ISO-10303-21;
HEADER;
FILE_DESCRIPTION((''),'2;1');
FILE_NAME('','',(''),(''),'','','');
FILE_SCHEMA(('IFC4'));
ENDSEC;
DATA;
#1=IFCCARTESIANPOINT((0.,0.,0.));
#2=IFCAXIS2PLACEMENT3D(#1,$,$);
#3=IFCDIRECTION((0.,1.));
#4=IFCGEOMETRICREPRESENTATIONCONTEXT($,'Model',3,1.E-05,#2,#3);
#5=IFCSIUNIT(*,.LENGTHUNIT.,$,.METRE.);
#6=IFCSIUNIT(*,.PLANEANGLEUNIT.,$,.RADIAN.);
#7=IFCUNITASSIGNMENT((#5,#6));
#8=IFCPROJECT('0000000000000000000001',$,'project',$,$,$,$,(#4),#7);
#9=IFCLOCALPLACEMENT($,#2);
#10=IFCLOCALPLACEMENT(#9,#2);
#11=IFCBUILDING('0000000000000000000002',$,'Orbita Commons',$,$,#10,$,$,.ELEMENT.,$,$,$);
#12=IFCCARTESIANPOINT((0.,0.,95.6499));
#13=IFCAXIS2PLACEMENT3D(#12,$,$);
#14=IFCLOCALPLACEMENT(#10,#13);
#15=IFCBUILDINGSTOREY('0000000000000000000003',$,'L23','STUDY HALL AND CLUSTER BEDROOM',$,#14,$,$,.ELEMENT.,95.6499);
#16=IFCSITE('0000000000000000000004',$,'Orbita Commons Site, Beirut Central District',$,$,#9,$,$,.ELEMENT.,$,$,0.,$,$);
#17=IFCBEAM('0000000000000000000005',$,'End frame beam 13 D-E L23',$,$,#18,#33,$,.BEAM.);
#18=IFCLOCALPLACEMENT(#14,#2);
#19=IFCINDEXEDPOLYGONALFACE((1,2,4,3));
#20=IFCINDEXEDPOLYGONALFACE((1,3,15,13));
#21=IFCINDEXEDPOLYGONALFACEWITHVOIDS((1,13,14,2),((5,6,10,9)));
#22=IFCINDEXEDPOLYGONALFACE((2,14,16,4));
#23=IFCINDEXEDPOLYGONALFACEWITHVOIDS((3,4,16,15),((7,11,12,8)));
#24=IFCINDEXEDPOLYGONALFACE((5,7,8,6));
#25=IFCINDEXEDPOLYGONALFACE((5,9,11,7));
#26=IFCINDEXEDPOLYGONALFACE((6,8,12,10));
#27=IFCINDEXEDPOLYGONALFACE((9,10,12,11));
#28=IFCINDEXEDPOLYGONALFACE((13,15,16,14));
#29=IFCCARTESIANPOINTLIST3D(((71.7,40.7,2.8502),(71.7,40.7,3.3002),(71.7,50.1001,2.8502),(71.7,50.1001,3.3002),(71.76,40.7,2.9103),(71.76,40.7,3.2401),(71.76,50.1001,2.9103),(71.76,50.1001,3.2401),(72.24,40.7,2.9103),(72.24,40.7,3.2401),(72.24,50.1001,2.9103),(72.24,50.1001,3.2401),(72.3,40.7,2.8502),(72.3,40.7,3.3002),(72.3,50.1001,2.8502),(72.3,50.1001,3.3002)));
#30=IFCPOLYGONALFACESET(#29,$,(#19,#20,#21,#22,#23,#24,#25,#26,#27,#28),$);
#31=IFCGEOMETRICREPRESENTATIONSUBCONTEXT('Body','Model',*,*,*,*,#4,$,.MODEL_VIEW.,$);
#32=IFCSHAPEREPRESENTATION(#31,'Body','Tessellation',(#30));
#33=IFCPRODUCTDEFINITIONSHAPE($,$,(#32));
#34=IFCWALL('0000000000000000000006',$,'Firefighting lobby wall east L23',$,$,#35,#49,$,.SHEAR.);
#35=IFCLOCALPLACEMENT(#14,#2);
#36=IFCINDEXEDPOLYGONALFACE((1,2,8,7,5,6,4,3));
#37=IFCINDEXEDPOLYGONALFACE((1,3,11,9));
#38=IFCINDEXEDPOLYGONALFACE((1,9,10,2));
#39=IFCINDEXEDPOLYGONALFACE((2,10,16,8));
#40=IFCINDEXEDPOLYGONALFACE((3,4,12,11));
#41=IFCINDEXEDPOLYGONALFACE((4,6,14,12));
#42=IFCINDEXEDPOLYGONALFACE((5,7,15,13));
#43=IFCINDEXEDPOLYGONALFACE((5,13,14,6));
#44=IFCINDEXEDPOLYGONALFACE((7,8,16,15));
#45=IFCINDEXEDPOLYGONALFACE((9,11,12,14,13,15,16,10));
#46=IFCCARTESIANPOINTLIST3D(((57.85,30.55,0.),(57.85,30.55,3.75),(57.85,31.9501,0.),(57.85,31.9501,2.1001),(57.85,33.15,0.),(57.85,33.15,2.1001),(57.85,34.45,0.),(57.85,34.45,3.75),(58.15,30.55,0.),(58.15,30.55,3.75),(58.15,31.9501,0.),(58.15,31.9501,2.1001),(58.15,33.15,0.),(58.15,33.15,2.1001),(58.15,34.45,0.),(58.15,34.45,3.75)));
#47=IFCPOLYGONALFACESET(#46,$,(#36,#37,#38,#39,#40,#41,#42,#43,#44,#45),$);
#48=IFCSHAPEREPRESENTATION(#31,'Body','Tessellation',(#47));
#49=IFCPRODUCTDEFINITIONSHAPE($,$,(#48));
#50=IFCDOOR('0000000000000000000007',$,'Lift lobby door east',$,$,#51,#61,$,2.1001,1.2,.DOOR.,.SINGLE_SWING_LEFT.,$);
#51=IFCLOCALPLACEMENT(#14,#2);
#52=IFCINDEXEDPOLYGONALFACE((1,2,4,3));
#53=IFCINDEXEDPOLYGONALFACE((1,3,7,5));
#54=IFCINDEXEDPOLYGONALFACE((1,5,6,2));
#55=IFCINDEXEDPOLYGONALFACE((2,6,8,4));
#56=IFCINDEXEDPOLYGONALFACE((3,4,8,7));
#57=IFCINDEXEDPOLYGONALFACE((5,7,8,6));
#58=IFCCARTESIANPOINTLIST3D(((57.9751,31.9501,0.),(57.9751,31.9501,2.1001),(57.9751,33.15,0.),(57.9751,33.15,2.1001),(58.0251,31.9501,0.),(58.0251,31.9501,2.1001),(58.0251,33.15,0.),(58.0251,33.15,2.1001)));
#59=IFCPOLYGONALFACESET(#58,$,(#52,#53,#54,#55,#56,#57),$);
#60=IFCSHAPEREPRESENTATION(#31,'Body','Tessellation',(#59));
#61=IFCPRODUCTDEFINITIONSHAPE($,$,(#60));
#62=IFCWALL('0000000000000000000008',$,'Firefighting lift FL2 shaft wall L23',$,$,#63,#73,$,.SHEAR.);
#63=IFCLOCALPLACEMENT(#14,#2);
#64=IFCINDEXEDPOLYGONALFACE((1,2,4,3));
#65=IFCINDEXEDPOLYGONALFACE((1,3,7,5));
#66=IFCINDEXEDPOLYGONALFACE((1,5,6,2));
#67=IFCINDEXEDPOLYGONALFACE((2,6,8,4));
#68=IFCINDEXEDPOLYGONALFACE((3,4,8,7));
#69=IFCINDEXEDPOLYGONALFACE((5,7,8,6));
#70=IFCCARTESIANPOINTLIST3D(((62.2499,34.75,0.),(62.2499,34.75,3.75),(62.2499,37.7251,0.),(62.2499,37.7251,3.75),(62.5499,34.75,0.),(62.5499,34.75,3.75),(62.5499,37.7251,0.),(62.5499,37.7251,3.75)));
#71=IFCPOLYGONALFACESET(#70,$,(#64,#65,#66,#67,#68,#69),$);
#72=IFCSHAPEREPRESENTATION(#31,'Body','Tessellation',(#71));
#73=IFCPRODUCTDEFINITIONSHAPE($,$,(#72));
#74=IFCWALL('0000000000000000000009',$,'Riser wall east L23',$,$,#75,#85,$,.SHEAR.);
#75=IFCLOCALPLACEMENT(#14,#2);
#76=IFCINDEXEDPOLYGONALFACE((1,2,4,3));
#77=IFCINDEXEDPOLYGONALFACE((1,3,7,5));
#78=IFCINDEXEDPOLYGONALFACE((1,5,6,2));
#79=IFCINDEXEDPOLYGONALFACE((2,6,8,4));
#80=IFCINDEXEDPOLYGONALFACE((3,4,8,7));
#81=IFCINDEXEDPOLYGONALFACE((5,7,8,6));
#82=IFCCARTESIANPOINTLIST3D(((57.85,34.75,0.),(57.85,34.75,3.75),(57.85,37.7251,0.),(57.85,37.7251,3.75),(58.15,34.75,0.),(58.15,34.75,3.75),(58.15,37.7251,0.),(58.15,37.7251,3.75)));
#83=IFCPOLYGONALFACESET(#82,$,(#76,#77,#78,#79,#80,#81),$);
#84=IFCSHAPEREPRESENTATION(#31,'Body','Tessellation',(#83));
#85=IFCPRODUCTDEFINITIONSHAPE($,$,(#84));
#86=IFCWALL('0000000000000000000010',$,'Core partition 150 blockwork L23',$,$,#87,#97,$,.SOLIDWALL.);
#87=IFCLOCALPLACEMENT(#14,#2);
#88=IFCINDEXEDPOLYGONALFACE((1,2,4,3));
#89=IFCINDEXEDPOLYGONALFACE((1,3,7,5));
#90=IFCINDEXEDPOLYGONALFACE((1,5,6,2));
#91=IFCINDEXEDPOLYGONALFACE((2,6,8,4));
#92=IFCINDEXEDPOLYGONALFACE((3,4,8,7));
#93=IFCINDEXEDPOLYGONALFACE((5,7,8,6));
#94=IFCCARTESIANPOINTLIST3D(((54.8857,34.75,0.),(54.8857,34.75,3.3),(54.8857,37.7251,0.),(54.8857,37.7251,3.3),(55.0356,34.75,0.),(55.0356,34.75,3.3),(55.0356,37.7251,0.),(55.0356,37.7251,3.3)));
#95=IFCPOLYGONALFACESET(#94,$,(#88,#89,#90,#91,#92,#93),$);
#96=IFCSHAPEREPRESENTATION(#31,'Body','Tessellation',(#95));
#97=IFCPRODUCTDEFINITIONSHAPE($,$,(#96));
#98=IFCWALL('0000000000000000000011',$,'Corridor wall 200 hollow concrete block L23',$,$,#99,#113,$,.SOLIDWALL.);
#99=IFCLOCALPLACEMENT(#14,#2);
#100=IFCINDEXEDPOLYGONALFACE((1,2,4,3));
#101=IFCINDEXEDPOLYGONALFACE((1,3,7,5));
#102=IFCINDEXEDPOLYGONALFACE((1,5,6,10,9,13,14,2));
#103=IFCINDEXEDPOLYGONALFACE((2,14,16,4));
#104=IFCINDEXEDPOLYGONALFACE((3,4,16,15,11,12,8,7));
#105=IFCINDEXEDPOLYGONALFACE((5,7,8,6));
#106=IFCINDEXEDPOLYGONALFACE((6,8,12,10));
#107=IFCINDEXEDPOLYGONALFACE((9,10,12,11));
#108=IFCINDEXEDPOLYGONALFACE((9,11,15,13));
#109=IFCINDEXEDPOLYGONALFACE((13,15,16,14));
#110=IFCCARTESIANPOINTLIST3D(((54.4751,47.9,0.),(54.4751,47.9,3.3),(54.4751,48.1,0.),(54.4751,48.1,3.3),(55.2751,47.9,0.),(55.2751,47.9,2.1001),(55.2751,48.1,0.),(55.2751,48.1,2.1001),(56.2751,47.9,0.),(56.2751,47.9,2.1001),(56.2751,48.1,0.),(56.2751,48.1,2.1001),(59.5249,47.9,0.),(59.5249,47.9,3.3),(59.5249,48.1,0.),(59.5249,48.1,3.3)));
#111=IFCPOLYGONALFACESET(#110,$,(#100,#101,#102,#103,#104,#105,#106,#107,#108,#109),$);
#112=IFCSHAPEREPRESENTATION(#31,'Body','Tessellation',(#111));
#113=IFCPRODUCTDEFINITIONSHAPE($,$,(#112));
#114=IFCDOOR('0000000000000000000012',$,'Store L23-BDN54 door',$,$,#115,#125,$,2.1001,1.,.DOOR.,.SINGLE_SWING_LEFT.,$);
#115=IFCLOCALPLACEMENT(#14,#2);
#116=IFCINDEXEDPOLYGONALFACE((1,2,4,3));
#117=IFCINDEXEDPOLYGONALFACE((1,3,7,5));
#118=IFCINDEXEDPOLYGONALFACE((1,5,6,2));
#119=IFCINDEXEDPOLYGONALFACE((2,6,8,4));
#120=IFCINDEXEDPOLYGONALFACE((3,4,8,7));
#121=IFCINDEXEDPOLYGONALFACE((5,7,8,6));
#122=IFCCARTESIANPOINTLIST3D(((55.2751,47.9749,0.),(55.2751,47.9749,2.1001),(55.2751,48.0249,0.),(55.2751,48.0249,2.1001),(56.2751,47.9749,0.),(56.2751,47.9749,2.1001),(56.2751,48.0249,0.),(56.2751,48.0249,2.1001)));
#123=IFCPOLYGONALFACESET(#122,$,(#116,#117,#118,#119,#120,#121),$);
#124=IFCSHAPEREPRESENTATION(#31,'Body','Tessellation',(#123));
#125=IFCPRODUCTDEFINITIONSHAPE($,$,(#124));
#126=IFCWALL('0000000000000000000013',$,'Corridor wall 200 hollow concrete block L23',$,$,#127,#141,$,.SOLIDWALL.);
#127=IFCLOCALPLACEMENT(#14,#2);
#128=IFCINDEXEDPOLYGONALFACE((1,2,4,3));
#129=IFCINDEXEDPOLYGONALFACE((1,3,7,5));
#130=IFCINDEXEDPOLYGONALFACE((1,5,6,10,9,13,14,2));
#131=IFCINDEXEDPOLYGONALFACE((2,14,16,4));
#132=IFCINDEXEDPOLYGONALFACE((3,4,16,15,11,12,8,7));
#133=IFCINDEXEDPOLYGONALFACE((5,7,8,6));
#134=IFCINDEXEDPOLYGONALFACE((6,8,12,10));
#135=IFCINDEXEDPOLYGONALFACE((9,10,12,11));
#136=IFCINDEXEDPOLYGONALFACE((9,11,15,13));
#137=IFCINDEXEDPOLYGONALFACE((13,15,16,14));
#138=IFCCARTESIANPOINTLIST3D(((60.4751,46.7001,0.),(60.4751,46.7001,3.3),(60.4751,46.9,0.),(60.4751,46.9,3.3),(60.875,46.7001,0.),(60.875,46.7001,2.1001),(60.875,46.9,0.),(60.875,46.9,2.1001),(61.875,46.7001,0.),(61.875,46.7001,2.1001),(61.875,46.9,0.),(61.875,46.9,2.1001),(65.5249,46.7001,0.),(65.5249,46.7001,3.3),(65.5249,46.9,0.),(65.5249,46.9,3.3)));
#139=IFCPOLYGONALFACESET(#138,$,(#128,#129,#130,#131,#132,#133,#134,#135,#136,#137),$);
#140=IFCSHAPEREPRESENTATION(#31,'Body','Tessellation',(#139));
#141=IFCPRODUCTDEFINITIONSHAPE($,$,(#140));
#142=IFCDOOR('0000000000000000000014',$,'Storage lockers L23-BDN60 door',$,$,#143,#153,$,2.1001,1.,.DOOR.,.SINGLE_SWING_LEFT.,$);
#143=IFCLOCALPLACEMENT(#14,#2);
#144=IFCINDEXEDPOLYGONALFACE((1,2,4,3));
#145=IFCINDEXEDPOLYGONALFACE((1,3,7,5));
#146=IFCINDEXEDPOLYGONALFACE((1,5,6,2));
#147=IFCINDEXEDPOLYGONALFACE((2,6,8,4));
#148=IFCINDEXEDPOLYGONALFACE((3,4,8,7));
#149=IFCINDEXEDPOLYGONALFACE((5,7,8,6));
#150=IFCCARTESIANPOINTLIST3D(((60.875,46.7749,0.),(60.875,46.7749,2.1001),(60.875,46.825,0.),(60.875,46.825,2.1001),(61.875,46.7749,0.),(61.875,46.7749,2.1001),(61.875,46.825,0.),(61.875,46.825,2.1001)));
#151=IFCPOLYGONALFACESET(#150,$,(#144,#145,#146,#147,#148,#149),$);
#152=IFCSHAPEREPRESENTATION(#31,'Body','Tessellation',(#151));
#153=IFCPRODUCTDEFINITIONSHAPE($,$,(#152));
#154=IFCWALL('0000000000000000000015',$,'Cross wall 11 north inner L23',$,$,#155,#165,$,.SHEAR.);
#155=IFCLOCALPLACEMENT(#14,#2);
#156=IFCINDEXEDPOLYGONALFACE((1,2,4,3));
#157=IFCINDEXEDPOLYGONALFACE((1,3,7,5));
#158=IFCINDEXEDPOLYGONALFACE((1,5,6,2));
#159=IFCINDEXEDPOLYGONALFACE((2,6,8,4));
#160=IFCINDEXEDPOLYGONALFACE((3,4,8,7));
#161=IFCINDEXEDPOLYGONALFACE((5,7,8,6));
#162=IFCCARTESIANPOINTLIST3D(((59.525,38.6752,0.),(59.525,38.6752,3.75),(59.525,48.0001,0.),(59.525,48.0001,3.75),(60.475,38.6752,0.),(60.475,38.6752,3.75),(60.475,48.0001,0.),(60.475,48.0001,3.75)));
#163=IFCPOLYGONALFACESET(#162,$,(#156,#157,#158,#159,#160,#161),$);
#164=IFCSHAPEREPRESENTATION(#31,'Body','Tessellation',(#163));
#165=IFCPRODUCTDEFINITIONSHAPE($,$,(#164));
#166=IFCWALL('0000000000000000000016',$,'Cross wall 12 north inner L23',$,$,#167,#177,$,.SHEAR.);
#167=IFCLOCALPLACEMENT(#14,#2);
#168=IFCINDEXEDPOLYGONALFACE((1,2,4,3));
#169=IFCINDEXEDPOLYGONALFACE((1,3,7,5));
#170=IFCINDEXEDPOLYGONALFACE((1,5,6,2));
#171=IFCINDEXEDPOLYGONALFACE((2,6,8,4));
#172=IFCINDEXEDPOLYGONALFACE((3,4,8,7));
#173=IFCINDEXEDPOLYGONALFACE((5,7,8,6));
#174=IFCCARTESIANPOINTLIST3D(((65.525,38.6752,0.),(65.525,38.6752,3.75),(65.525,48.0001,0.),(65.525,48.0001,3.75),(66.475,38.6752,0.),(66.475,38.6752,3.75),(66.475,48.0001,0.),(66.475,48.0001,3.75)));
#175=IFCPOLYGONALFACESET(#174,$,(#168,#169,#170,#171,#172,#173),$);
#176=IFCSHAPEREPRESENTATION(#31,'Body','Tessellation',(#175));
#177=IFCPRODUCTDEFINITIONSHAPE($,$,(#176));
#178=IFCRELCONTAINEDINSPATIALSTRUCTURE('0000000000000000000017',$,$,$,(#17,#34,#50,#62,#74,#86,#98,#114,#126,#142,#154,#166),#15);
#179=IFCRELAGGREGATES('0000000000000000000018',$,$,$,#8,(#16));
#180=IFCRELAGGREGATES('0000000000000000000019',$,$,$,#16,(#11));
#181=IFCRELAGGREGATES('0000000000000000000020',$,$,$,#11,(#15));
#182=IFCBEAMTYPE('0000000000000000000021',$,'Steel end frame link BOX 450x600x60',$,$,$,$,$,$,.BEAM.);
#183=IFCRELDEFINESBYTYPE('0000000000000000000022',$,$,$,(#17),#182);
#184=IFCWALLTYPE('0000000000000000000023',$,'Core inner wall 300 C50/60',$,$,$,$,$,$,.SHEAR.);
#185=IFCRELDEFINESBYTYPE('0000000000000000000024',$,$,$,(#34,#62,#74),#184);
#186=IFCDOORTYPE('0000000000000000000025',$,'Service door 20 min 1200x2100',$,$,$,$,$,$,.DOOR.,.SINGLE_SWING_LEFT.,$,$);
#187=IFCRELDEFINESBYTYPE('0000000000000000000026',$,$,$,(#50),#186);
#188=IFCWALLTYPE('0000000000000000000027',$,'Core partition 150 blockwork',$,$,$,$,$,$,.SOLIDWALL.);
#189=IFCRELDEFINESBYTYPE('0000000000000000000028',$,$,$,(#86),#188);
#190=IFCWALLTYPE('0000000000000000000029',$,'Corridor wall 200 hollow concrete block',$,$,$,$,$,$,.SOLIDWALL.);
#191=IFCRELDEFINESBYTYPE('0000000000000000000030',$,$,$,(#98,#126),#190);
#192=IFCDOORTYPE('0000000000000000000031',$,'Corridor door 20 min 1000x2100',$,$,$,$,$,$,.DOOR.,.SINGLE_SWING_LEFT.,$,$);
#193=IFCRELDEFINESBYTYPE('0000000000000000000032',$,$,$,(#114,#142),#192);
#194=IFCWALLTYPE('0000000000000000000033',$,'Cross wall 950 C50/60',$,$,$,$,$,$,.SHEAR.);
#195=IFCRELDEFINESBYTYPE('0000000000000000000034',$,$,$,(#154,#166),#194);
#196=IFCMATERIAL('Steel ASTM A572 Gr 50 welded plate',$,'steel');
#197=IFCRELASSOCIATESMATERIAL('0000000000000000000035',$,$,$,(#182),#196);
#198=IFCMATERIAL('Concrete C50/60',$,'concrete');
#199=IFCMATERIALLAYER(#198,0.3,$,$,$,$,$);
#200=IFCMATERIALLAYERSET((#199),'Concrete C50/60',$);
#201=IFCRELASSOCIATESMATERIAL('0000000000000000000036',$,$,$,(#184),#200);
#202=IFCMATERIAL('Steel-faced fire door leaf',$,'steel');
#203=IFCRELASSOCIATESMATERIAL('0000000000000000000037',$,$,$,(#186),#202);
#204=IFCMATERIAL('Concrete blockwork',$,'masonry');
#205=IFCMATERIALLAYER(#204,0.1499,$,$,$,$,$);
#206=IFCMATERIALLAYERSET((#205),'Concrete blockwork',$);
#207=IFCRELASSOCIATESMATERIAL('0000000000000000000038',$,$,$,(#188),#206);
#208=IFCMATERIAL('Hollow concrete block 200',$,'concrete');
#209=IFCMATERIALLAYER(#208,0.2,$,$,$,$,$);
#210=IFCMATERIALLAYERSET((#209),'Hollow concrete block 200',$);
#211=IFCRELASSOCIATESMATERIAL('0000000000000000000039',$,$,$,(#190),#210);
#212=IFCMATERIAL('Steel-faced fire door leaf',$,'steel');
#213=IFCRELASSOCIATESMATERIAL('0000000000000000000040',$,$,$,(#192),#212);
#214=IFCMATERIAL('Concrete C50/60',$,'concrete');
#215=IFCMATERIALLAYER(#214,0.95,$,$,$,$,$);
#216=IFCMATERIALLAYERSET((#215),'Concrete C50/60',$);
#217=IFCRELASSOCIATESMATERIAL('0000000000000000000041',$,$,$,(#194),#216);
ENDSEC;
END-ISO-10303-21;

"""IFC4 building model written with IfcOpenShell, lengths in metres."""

from ifc_helpers import new_model, si_unit, direction, frame, frame_2d, origin, origin_2d, place, context, subcontext, project, spatial, rectangle, hollow_rectangle, extrude, material, layer, layer_set, material_profile, profile_set, type_object, element, fill, save


model = new_model("IFC4")

# Units and contexts
model_context = context("Model", 3, precision=1e-05, world=origin(), true_north=direction((0.0, 1.0)))
body_context = subcontext(model_context, "Body", "Model", "MODEL_VIEW")
ifc_project = project(units=[si_unit("LENGTHUNIT", "METRE"), si_unit("PLANEANGLEUNIT", "RADIAN")], contexts=[model_context])

# Site, building, storey
site_placement = place(None, origin())
site = spatial("IfcSite", under=ifc_project, at=site_placement, Name="Orbita Commons Site, Beirut Central District", CompositionType="ELEMENT", RefElevation=0.0)
building_placement = place(site_placement, origin())
building = spatial("IfcBuilding", under=site, at=building_placement, Name="Orbita Commons", CompositionType="ELEMENT")
storey_placement = place(building_placement, frame((0.0, 0.0, 95.6499)))
storey = spatial("IfcBuildingStorey", under=building, at=storey_placement, Name="L23", Description="STUDY HALL AND CLUSTER BEDROOM", CompositionType="ELEMENT", Elevation=95.6499)

# Beam
ifc_material_1 = material(Name="Steel ASTM A572 Gr 50 welded plate", Category="steel")
ifc_material_profile = material_profile(ifc_material_1, hollow_rectangle(XDim=0.6001, YDim=0.45, WallThickness=0.0601, at=origin_2d()), Name="BOX 450x600x60")
ifc_profile_set = profile_set([ifc_material_profile], Name="Steel ASTM A572 Gr 50 welded plate")
beam_type = type_object("IfcBeamType", Name="Steel end frame link BOX 450x600x60", PredefinedType="BEAM", material=ifc_profile_set)
beam_placement = place(storey_placement, frame((72.0, 40.7, 3.0752), z_axis=(0.0, 1.0, 0.0), x_axis=(-1.0, 0.0, 0.0)))
element("IfcBeam", 1, at=beam_placement, inside=storey, type_object=beam_type, Name="End frame beam 13 D-E L23", PredefinedType="BEAM", context=body_context, shape_type="SweptSolid", body=[
    extrude(hollow_rectangle(XDim=0.6001, YDim=0.45, WallThickness=0.0601, at=origin_2d()), origin(), (0.0, 0.0, 1.0), 9.4001),
])

# Wall, opening, door
ifc_material_2 = material(Name="Concrete C50/60", Category="concrete")
ifc_layer_1 = layer(ifc_material_2, 0.3)
ifc_layer_set_1 = layer_set([ifc_layer_1], Name="Concrete C50/60")
wall_type_1 = type_object("IfcWallType", Name="Core inner wall 300 C50/60", PredefinedType="SHEAR", material=ifc_layer_set_1)
wall_1_placement = place(storey_placement, frame((58.0, 30.55, 0.0), z_axis=(0.0, 0.0, 1.0), x_axis=(0.0, 1.0, 0.0)))
wall_1 = element("IfcWall", 2, at=wall_1_placement, inside=storey, type_object=wall_type_1, Name="Firefighting lobby wall east L23", PredefinedType="SHEAR", context=body_context, shape_type="SweptSolid", body=[
    extrude(rectangle(XDim=3.8999, YDim=0.3, at=frame_2d((1.95, 0.0))), origin(), (0.0, 0.0, 1.0), 3.75),
])
opening_1_placement = place(wall_1_placement, frame((1.3999, 0.0, 0.0)))
opening_1 = element("IfcOpeningElement", 3, at=opening_1_placement, cuts=wall_1, PredefinedType="OPENING", context=body_context, shape_type="SweptSolid", body=[
    extrude(rectangle(XDim=1.2, YDim=2.1001, at=frame_2d((0.6001, 1.05))), frame((0.0, 0.1599, 0.0), z_axis=(0.0, -1.0, 0.0), x_axis=(1.0, 0.0, 0.0)), (0.0, 0.0, 1.0), 0.3201),
])
ifc_material_3 = material(Name="Steel-faced fire door leaf", Category="steel")
door_type_1 = type_object("IfcDoorType", Name="Service door 20 min 1200x2100", OperationType="SINGLE_SWING_LEFT", PredefinedType="DOOR", material=ifc_material_3)
door_1_placement = place(opening_1_placement, origin())
door_1 = element("IfcDoor", 4, at=door_1_placement, inside=storey, type_object=door_type_1, Name="Lift lobby door east", OperationType="SINGLE_SWING_LEFT", OverallHeight=2.1001, OverallWidth=1.2, PredefinedType="DOOR", context=body_context, shape_type="SweptSolid", body=[
    extrude(rectangle(XDim=1.2, YDim=2.1001, at=frame_2d((0.6001, 1.05))), frame((0.0, 0.0249, 0.0), z_axis=(0.0, -1.0, 0.0), x_axis=(1.0, 0.0, 0.0)), (0.0, 0.0, 1.0), 0.05),
])
fill(opening_1, door_1)

# Walls
for number, where, z_axis, x_axis, name in (
    (5, (62.3999, 34.75, 0.0), (0.0, 0.0, 1.0), (0.0, 1.0, 0.0), "Firefighting lift FL2 shaft wall L23"),
    (6, (58.0, 34.75, 0.0), (0.0, 0.0, 1.0), (0.0, 1.0, 0.0), "Riser wall east L23"),
):
    element("IfcWall", number, at=place(storey_placement, frame(where, z_axis=z_axis, x_axis=x_axis)), inside=storey, type_object=wall_type_1, Name=name, PredefinedType="SHEAR", context=body_context, shape_type="SweptSolid", body=[
        extrude(rectangle(XDim=2.9751, YDim=0.3, at=frame_2d((1.4875, 0.0))), origin(), (0.0, 0.0, 1.0), 3.75),
    ])
ifc_material_4 = material(Name="Concrete blockwork", Category="masonry")
ifc_layer_2 = layer(ifc_material_4, 0.1499)
ifc_layer_set_2 = layer_set([ifc_layer_2], Name="Concrete blockwork")
wall_type_2 = type_object("IfcWallType", Name="Core partition 150 blockwork", PredefinedType="SOLIDWALL", material=ifc_layer_set_2)
wall_2_placement = place(storey_placement, frame((54.9607, 34.75, 0.0), z_axis=(0.0, 0.0, 1.0), x_axis=(0.0, 1.0, 0.0)))
element("IfcWall", 7, at=wall_2_placement, inside=storey, type_object=wall_type_2, Name="Core partition 150 blockwork L23", PredefinedType="SOLIDWALL", context=body_context, shape_type="SweptSolid", body=[
    extrude(rectangle(XDim=2.9751, YDim=0.1499, at=frame_2d((1.4875, 0.0))), origin(), (0.0, 0.0, 1.0), 3.3),
])

# Walls, openings, doors
ifc_material_5 = material(Name="Hollow concrete block 200", Category="concrete")
ifc_layer_3 = layer(ifc_material_5, 0.2)
ifc_layer_set_3 = layer_set([ifc_layer_3], Name="Hollow concrete block 200")
wall_type_3 = type_object("IfcWallType", Name="Corridor wall 200 hollow concrete block", PredefinedType="SOLIDWALL", material=ifc_layer_set_3)
wall_3_placement = place(storey_placement, frame((54.4751, 48.0, 0.0), z_axis=(0.0, 0.0, 1.0), x_axis=(1.0, 0.0, 0.0)))
wall_3 = element("IfcWall", 8, at=wall_3_placement, inside=storey, type_object=wall_type_3, Name="Corridor wall 200 hollow concrete block L23", PredefinedType="SOLIDWALL", context=body_context, shape_type="SweptSolid", body=[
    extrude(rectangle(XDim=5.0498, YDim=0.2, at=frame_2d((2.5249, 0.0))), origin(), (0.0, 0.0, 1.0), 3.3),
])
opening_2_placement = place(wall_3_placement, frame((0.8, 0.0, 0.0)))
opening_2 = element("IfcOpeningElement", 9, at=opening_2_placement, cuts=wall_3, PredefinedType="OPENING", context=body_context, shape_type="SweptSolid", body=[
    extrude(rectangle(XDim=1.0, YDim=2.1001, at=frame_2d((0.5, 1.05))), frame((0.0, 0.1099, 0.0), z_axis=(0.0, -1.0, 0.0), x_axis=(1.0, 0.0, 0.0)), (0.0, 0.0, 1.0), 0.22),
])
ifc_material_6 = material(Name="Steel-faced fire door leaf", Category="steel")
door_type_2 = type_object("IfcDoorType", Name="Corridor door 20 min 1000x2100", OperationType="SINGLE_SWING_LEFT", PredefinedType="DOOR", material=ifc_material_6)
door_2_placement = place(opening_2_placement, origin())
door_2 = element("IfcDoor", 10, at=door_2_placement, inside=storey, type_object=door_type_2, Name="Store L23-BDN54 door", OperationType="SINGLE_SWING_LEFT", OverallHeight=2.1001, OverallWidth=1.0, PredefinedType="DOOR", context=body_context, shape_type="SweptSolid", body=[
    extrude(rectangle(XDim=1.0, YDim=2.1001, at=frame_2d((0.5, 1.05))), frame((0.0, 0.0249, 0.0), z_axis=(0.0, -1.0, 0.0), x_axis=(1.0, 0.0, 0.0)), (0.0, 0.0, 1.0), 0.05),
])
fill(opening_2, door_2)
wall_4_placement = place(storey_placement, frame((60.4751, 46.8, 0.0), z_axis=(0.0, 0.0, 1.0), x_axis=(1.0, 0.0, 0.0)))
wall_4 = element("IfcWall", 11, at=wall_4_placement, inside=storey, type_object=wall_type_3, Name="Corridor wall 200 hollow concrete block L23", PredefinedType="SOLIDWALL", context=body_context, shape_type="SweptSolid", body=[
    extrude(rectangle(XDim=5.0498, YDim=0.2, at=frame_2d((2.5249, 0.0))), origin(), (0.0, 0.0, 1.0), 3.3),
])
opening_3_placement = place(wall_4_placement, frame((0.3999, 0.0, 0.0)))
opening_3 = element("IfcOpeningElement", 12, at=opening_3_placement, cuts=wall_4, PredefinedType="OPENING", context=body_context, shape_type="SweptSolid", body=[
    extrude(rectangle(XDim=1.0, YDim=2.1001, at=frame_2d((0.5, 1.05))), frame((0.0, 0.1099, 0.0), z_axis=(0.0, -1.0, 0.0), x_axis=(1.0, 0.0, 0.0)), (0.0, 0.0, 1.0), 0.22),
])
door_3_placement = place(opening_3_placement, origin())
door_3 = element("IfcDoor", 13, at=door_3_placement, inside=storey, type_object=door_type_2, Name="Storage lockers L23-BDN60 door", OperationType="SINGLE_SWING_LEFT", OverallHeight=2.1001, OverallWidth=1.0, PredefinedType="DOOR", context=body_context, shape_type="SweptSolid", body=[
    extrude(rectangle(XDim=1.0, YDim=2.1001, at=frame_2d((0.5, 1.05))), frame((0.0, 0.0249, 0.0), z_axis=(0.0, -1.0, 0.0), x_axis=(1.0, 0.0, 0.0)), (0.0, 0.0, 1.0), 0.05),
])
fill(opening_3, door_3)

# Walls
ifc_material_7 = material(Name="Concrete C50/60", Category="concrete")
ifc_layer_4 = layer(ifc_material_7, 0.95)
ifc_layer_set_4 = layer_set([ifc_layer_4], Name="Concrete C50/60")
wall_type_4 = type_object("IfcWallType", Name="Cross wall 950 C50/60", PredefinedType="SHEAR", material=ifc_layer_set_4)
for number, where, z_axis, x_axis, name in (
    (14, (60.0, 38.675, 0.0), (0.0, 0.0, 1.0), (0.0, 1.0, 0.0), "Cross wall 11 north inner L23"),
    (15, (66.0, 38.675, 0.0), (0.0, 0.0, 1.0), (0.0, 1.0, 0.0), "Cross wall 12 north inner L23"),
):
    element("IfcWall", number, at=place(storey_placement, frame(where, z_axis=z_axis, x_axis=x_axis)), inside=storey, type_object=wall_type_4, Name=name, PredefinedType="SHEAR", context=body_context, shape_type="SweptSolid", body=[
        extrude(rectangle(XDim=9.325, YDim=0.95, at=frame_2d((4.6626, 0.0))), origin(), (0.0, 0.0, 1.0), 3.75),
    ])

save(model, "model.ifc")
